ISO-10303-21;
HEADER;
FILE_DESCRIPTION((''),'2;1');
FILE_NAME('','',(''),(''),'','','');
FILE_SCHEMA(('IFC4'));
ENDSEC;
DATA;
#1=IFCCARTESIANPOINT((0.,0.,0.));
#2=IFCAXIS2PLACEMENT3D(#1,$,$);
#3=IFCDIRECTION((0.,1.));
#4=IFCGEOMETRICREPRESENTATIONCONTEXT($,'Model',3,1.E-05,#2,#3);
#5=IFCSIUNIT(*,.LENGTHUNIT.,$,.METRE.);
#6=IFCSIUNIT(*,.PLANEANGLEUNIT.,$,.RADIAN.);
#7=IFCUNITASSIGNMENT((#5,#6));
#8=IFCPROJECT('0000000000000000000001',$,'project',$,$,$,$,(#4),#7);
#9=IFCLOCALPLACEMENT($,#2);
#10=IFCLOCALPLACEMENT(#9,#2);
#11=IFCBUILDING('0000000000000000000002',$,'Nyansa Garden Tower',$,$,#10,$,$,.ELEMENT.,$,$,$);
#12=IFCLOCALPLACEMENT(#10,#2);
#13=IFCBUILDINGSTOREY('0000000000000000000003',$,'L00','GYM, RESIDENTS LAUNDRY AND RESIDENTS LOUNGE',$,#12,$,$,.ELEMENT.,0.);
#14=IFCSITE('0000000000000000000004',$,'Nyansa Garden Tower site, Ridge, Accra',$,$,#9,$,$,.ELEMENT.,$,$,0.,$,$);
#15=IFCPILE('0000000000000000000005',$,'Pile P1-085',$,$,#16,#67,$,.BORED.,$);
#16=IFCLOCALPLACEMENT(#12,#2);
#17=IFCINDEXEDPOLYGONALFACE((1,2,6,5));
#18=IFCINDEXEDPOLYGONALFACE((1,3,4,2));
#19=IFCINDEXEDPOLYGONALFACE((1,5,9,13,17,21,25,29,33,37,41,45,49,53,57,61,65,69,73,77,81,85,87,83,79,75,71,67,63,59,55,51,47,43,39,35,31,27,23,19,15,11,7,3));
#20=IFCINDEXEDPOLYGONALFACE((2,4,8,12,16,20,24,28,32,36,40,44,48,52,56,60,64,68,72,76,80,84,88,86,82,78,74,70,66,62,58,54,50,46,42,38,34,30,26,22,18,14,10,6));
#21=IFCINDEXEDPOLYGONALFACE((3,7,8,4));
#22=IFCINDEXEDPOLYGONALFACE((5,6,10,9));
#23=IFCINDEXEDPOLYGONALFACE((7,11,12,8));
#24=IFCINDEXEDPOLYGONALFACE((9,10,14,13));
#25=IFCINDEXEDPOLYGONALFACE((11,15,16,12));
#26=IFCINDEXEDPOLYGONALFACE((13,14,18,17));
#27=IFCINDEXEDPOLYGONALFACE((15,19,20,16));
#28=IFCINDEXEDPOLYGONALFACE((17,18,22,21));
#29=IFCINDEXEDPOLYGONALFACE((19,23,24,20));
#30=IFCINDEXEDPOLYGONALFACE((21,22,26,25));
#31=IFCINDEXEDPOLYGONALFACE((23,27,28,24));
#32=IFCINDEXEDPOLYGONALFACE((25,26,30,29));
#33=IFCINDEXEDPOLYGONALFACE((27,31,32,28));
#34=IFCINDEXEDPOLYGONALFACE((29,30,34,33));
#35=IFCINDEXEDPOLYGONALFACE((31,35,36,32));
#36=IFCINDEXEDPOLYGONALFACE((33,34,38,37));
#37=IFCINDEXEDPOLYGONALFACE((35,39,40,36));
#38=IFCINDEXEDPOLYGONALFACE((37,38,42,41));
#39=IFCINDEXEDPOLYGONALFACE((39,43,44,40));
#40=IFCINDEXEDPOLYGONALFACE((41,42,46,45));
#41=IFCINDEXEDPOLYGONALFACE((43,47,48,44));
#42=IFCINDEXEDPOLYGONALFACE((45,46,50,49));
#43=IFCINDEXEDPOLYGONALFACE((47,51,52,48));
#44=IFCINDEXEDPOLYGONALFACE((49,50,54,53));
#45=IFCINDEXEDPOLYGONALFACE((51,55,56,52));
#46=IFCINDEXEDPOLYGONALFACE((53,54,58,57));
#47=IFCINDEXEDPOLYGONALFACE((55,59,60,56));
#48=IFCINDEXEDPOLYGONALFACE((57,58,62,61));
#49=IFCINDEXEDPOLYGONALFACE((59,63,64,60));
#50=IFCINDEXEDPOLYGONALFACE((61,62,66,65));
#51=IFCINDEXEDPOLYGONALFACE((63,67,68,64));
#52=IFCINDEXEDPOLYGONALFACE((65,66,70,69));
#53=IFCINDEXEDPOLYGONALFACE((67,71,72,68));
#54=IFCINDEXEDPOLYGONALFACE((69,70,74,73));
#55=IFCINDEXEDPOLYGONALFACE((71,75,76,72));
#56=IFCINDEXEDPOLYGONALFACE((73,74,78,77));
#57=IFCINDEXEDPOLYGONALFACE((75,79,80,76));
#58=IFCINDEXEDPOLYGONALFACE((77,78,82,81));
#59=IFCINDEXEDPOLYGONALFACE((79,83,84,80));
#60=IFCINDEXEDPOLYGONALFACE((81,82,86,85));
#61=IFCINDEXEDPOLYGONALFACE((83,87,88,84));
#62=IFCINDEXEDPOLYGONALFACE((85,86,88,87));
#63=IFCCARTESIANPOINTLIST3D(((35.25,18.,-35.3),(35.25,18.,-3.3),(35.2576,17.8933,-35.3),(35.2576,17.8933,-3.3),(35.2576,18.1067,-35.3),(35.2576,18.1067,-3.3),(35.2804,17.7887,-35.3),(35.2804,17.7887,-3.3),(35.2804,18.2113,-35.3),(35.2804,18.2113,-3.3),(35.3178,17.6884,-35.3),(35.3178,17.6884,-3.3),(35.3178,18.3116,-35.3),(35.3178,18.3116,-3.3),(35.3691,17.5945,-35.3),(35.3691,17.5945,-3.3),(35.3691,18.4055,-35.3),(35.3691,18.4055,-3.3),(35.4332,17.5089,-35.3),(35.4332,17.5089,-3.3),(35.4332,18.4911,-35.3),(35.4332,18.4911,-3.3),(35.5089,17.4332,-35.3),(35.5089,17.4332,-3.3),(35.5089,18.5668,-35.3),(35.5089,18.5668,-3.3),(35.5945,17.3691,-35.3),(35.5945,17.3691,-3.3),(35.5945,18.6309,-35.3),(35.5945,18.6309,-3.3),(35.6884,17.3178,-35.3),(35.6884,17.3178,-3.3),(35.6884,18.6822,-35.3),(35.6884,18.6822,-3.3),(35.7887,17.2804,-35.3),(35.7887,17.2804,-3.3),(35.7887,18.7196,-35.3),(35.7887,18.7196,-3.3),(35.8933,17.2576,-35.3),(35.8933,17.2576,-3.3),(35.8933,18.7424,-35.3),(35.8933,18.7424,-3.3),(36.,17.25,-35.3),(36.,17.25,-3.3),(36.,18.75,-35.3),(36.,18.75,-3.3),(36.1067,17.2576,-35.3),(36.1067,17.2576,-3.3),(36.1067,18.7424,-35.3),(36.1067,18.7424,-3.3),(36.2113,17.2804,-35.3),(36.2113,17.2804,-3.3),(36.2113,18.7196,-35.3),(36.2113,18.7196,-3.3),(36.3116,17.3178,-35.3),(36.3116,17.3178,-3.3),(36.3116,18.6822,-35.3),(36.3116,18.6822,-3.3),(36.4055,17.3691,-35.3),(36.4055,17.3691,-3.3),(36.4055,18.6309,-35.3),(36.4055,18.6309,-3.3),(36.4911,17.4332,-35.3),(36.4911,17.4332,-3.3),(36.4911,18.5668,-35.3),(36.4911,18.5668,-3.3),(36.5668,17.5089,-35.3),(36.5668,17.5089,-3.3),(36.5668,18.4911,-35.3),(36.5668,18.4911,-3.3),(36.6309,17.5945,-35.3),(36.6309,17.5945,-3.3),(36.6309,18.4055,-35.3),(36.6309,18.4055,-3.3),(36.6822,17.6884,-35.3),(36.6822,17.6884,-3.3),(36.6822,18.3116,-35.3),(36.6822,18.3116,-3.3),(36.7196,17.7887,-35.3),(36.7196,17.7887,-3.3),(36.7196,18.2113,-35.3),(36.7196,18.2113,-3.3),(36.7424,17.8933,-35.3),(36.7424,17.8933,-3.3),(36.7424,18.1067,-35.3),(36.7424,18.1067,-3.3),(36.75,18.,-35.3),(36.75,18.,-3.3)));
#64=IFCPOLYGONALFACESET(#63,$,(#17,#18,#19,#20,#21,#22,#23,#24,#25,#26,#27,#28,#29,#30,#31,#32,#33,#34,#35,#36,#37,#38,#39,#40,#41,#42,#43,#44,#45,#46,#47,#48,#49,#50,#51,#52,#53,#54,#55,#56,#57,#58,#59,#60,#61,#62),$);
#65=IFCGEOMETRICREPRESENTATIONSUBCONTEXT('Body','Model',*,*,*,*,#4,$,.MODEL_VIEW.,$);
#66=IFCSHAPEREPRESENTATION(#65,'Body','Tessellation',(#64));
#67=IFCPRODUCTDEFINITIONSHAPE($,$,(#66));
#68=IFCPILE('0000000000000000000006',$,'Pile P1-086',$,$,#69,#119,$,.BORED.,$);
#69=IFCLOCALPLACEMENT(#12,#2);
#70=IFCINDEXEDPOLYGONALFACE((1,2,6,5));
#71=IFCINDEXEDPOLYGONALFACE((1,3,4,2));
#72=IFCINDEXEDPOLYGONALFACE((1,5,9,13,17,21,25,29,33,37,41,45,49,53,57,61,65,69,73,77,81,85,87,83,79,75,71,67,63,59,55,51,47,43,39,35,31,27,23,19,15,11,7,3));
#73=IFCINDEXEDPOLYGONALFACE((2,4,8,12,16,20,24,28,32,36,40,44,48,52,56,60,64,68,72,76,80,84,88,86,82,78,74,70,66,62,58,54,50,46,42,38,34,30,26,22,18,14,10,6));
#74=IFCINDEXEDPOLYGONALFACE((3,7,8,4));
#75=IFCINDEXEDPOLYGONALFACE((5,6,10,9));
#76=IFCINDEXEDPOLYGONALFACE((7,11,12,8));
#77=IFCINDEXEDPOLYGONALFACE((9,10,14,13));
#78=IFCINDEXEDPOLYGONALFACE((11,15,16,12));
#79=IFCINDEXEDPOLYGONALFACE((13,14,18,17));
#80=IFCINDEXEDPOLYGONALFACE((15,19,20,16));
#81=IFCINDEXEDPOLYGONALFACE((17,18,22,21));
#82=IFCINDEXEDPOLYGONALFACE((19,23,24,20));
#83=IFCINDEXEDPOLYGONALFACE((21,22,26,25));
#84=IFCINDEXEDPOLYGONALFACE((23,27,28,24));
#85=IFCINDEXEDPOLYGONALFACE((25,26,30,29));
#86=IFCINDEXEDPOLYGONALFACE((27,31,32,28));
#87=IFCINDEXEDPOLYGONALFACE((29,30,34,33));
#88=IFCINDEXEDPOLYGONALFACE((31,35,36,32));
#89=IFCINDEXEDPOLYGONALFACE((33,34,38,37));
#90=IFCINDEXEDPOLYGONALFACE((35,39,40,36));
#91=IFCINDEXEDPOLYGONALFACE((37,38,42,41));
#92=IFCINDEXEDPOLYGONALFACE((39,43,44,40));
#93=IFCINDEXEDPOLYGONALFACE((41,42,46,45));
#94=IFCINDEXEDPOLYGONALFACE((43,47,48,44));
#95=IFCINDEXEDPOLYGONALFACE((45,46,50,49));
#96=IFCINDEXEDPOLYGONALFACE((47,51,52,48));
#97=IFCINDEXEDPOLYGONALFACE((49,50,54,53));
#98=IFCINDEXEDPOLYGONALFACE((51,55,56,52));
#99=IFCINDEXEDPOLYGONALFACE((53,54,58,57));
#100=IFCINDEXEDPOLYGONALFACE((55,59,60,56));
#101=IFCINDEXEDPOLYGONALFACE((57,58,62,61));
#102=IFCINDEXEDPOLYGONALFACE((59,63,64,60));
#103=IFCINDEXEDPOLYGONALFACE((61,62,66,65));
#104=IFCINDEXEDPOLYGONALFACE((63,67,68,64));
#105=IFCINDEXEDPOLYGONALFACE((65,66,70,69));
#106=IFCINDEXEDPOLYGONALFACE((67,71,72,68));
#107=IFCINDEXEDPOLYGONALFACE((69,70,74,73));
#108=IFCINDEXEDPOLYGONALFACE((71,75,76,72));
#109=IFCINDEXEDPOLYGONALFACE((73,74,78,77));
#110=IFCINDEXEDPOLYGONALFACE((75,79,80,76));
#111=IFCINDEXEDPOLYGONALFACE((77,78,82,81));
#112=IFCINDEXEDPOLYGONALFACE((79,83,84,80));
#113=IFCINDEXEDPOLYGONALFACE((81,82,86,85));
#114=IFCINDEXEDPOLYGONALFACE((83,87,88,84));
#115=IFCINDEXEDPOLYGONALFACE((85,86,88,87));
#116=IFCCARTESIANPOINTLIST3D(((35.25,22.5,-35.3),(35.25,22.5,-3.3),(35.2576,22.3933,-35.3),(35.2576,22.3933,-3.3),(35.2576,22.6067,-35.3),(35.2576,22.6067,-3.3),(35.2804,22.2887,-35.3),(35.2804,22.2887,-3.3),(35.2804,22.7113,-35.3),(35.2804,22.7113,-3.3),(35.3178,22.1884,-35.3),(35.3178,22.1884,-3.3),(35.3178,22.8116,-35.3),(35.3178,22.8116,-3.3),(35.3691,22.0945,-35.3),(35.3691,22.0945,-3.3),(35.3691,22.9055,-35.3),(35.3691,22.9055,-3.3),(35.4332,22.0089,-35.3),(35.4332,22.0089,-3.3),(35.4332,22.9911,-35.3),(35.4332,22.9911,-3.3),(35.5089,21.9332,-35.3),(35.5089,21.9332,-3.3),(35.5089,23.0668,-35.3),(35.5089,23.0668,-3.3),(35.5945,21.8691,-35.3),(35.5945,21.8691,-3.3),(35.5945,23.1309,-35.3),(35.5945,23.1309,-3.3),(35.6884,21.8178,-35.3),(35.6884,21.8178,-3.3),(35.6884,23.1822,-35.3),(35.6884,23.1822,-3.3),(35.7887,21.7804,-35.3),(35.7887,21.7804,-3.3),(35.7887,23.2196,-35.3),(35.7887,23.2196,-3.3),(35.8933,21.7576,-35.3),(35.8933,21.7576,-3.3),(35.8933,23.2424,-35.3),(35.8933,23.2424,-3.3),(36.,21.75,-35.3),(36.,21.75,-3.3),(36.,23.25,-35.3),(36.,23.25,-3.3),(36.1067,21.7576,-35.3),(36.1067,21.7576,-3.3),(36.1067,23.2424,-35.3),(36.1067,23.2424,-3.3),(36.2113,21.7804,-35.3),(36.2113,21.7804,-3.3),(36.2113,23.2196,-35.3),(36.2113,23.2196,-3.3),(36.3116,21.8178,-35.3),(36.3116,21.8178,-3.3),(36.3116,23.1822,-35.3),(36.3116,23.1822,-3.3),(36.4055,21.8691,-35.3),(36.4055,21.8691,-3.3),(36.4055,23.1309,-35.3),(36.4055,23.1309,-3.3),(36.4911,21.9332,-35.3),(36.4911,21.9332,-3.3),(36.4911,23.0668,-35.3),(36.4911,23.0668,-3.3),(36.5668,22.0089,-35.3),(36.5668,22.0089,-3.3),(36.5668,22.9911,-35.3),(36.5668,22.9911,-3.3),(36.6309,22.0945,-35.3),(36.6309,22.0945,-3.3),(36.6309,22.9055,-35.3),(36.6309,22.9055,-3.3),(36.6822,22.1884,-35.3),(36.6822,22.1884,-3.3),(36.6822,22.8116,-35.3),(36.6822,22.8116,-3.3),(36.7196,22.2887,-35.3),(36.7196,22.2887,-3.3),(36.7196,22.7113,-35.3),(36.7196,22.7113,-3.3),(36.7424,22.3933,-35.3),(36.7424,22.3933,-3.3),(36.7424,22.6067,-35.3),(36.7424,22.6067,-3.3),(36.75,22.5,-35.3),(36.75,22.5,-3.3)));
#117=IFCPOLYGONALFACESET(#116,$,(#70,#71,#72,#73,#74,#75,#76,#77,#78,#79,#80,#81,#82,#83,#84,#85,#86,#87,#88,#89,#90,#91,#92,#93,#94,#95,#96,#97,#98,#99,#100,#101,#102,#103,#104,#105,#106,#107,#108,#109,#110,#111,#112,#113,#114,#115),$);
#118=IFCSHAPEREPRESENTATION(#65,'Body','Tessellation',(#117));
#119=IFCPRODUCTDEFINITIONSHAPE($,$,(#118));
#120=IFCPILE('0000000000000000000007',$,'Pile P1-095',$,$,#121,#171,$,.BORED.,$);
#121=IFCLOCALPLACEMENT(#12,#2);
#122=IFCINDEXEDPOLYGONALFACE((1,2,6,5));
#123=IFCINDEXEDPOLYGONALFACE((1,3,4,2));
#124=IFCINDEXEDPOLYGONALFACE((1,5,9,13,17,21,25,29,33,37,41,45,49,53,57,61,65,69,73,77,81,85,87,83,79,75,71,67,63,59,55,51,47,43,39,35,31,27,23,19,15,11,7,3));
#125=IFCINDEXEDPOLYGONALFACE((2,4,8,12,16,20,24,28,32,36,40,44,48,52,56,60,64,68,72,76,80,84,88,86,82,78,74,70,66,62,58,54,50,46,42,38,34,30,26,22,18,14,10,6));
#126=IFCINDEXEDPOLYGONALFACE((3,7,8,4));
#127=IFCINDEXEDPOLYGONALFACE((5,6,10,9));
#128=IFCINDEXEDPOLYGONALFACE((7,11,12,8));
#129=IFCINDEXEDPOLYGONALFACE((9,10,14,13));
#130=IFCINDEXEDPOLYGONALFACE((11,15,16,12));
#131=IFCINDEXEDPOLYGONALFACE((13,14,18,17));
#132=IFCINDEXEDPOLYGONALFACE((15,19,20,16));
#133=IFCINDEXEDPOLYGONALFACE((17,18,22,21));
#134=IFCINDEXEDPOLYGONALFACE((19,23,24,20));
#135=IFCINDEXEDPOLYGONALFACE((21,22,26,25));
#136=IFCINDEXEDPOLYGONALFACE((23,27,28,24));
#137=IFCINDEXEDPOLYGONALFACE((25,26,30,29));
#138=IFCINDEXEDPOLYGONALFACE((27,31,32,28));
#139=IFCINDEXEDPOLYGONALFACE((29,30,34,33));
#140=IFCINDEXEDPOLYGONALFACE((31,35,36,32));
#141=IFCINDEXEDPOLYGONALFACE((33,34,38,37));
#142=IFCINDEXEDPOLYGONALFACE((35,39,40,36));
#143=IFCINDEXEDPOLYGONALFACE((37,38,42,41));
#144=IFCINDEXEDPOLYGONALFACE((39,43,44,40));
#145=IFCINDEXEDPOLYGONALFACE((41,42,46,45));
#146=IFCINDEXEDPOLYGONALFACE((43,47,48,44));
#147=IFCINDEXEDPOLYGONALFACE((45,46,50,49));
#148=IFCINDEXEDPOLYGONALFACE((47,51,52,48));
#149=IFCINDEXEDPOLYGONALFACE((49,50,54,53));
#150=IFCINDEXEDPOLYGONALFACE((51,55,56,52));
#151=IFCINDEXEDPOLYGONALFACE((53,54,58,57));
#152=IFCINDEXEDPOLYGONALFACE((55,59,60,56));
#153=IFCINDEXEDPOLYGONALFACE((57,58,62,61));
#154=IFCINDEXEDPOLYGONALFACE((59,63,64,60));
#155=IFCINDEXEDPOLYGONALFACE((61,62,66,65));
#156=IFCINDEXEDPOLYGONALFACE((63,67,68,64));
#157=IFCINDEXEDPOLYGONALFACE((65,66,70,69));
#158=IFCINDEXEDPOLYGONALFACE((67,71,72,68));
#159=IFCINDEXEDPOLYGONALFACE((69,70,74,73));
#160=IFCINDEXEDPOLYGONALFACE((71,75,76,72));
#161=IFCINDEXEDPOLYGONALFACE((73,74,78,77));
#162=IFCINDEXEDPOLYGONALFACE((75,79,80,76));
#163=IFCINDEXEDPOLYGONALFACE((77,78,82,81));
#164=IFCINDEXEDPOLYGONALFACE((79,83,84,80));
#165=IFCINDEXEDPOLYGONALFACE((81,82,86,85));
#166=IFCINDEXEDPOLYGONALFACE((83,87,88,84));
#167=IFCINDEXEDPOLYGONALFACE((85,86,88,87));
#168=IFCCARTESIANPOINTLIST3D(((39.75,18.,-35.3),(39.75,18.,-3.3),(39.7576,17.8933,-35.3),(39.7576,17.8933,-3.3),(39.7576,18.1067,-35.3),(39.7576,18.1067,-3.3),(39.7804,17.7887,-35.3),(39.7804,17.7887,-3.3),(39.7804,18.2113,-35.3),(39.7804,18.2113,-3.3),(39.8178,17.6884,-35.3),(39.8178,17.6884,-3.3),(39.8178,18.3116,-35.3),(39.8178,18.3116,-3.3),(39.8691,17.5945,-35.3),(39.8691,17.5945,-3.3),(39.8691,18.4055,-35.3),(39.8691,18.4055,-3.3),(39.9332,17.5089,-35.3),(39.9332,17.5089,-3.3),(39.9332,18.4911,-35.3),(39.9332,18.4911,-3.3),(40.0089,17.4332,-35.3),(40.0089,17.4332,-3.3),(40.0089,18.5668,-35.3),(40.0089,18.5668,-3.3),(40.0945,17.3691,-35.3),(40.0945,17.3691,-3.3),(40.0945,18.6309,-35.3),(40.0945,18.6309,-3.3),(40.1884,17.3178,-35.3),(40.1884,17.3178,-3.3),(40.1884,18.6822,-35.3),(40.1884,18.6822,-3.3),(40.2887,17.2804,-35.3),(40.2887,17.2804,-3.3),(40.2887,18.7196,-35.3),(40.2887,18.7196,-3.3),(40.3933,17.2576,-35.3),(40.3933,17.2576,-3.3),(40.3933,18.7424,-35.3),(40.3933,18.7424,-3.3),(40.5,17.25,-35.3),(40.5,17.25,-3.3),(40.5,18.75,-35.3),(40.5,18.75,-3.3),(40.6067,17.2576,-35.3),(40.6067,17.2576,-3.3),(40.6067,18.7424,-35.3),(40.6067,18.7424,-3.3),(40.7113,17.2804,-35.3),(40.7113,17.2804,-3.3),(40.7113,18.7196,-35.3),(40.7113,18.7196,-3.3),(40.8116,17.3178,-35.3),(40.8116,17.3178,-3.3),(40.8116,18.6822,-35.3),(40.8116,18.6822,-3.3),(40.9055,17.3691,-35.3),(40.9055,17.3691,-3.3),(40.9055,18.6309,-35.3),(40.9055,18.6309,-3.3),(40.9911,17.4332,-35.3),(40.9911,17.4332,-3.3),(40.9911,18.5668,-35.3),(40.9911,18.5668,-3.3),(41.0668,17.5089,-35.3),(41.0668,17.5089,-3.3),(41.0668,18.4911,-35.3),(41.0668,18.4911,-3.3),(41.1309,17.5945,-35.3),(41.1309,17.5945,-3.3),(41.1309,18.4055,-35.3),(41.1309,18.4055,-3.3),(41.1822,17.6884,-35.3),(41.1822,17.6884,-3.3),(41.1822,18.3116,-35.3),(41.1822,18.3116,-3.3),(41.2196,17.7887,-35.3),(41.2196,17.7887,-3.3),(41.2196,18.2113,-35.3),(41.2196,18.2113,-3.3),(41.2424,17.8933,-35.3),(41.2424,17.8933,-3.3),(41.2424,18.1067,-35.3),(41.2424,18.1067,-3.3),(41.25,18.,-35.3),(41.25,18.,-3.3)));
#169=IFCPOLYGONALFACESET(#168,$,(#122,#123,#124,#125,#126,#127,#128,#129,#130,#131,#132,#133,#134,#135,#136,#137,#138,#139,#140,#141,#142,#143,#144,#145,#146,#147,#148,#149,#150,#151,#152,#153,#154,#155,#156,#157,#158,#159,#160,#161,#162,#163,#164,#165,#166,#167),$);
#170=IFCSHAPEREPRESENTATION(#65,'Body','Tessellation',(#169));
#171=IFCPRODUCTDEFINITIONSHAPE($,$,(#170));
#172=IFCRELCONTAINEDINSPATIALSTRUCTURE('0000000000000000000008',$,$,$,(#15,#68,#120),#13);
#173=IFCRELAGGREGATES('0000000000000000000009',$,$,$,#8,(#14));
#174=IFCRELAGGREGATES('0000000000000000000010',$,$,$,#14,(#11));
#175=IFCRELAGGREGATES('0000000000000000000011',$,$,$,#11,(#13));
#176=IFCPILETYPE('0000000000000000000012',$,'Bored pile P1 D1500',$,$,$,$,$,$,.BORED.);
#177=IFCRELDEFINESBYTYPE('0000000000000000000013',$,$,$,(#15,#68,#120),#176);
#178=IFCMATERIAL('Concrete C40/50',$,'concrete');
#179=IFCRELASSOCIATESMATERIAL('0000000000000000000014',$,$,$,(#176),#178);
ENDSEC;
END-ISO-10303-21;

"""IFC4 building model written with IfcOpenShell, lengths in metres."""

from ifc_helpers import new_model, si_unit, direction, frame, origin, origin_2d, place, context, subcontext, project, spatial, circle, extrude, material, type_object, element, save


model = new_model("IFC4")

# Units and contexts
model_context = context("Model", 3, precision=1e-05, world=origin(), true_north=direction((0.0, 1.0)))
body_context = subcontext(model_context, "Body", "Model", "MODEL_VIEW")
ifc_project = project(units=[si_unit("LENGTHUNIT", "METRE"), si_unit("PLANEANGLEUNIT", "RADIAN")], contexts=[model_context])

# Site, building, storey
site_placement = place(None, origin())
site = spatial("IfcSite", under=ifc_project, at=site_placement, Name="Nyansa Garden Tower site, Ridge, Accra", CompositionType="ELEMENT", RefElevation=0.0)
building_placement = place(site_placement, origin())
building = spatial("IfcBuilding", under=site, at=building_placement, Name="Nyansa Garden Tower", CompositionType="ELEMENT")
storey_placement = place(building_placement, origin())
storey = spatial("IfcBuildingStorey", under=building, at=storey_placement, Name="L00", Description="GYM, RESIDENTS LAUNDRY AND RESIDENTS LOUNGE", CompositionType="ELEMENT", Elevation=0.0)

# Piles
ifc_material_1 = material(Name="Concrete C40/50", Category="concrete")
pile_type_1 = type_object("IfcPileType", Name="Bored pile P1 D1500", PredefinedType="BORED", material=ifc_material_1)
for number, where, z_axis, x_axis, name in (
    (1, (36.0, 18.0, -3.3), (0.0, 0.0, -1.0), (1.0, 0.0, 0.0), "Pile P1-085"),
    (2, (36.0, 22.5, -3.3), (0.0, 0.0, -1.0), (1.0, 0.0, 0.0), "Pile P1-086"),
    (3, (40.5, 18.0, -3.3), (0.0, 0.0, -1.0), (1.0, 0.0, 0.0), "Pile P1-095"),
):
    element("IfcPile", number, at=place(storey_placement, frame(where, z_axis=z_axis, x_axis=x_axis)), inside=storey, type_object=pile_type_1, Name=name, PredefinedType="BORED", context=body_context, shape_type="SweptSolid", body=[
        extrude(circle(Radius=0.75, at=origin_2d()), origin(), (0.0, 0.0, 1.0), 32.0),
    ])

save(model, "model.ifc")
